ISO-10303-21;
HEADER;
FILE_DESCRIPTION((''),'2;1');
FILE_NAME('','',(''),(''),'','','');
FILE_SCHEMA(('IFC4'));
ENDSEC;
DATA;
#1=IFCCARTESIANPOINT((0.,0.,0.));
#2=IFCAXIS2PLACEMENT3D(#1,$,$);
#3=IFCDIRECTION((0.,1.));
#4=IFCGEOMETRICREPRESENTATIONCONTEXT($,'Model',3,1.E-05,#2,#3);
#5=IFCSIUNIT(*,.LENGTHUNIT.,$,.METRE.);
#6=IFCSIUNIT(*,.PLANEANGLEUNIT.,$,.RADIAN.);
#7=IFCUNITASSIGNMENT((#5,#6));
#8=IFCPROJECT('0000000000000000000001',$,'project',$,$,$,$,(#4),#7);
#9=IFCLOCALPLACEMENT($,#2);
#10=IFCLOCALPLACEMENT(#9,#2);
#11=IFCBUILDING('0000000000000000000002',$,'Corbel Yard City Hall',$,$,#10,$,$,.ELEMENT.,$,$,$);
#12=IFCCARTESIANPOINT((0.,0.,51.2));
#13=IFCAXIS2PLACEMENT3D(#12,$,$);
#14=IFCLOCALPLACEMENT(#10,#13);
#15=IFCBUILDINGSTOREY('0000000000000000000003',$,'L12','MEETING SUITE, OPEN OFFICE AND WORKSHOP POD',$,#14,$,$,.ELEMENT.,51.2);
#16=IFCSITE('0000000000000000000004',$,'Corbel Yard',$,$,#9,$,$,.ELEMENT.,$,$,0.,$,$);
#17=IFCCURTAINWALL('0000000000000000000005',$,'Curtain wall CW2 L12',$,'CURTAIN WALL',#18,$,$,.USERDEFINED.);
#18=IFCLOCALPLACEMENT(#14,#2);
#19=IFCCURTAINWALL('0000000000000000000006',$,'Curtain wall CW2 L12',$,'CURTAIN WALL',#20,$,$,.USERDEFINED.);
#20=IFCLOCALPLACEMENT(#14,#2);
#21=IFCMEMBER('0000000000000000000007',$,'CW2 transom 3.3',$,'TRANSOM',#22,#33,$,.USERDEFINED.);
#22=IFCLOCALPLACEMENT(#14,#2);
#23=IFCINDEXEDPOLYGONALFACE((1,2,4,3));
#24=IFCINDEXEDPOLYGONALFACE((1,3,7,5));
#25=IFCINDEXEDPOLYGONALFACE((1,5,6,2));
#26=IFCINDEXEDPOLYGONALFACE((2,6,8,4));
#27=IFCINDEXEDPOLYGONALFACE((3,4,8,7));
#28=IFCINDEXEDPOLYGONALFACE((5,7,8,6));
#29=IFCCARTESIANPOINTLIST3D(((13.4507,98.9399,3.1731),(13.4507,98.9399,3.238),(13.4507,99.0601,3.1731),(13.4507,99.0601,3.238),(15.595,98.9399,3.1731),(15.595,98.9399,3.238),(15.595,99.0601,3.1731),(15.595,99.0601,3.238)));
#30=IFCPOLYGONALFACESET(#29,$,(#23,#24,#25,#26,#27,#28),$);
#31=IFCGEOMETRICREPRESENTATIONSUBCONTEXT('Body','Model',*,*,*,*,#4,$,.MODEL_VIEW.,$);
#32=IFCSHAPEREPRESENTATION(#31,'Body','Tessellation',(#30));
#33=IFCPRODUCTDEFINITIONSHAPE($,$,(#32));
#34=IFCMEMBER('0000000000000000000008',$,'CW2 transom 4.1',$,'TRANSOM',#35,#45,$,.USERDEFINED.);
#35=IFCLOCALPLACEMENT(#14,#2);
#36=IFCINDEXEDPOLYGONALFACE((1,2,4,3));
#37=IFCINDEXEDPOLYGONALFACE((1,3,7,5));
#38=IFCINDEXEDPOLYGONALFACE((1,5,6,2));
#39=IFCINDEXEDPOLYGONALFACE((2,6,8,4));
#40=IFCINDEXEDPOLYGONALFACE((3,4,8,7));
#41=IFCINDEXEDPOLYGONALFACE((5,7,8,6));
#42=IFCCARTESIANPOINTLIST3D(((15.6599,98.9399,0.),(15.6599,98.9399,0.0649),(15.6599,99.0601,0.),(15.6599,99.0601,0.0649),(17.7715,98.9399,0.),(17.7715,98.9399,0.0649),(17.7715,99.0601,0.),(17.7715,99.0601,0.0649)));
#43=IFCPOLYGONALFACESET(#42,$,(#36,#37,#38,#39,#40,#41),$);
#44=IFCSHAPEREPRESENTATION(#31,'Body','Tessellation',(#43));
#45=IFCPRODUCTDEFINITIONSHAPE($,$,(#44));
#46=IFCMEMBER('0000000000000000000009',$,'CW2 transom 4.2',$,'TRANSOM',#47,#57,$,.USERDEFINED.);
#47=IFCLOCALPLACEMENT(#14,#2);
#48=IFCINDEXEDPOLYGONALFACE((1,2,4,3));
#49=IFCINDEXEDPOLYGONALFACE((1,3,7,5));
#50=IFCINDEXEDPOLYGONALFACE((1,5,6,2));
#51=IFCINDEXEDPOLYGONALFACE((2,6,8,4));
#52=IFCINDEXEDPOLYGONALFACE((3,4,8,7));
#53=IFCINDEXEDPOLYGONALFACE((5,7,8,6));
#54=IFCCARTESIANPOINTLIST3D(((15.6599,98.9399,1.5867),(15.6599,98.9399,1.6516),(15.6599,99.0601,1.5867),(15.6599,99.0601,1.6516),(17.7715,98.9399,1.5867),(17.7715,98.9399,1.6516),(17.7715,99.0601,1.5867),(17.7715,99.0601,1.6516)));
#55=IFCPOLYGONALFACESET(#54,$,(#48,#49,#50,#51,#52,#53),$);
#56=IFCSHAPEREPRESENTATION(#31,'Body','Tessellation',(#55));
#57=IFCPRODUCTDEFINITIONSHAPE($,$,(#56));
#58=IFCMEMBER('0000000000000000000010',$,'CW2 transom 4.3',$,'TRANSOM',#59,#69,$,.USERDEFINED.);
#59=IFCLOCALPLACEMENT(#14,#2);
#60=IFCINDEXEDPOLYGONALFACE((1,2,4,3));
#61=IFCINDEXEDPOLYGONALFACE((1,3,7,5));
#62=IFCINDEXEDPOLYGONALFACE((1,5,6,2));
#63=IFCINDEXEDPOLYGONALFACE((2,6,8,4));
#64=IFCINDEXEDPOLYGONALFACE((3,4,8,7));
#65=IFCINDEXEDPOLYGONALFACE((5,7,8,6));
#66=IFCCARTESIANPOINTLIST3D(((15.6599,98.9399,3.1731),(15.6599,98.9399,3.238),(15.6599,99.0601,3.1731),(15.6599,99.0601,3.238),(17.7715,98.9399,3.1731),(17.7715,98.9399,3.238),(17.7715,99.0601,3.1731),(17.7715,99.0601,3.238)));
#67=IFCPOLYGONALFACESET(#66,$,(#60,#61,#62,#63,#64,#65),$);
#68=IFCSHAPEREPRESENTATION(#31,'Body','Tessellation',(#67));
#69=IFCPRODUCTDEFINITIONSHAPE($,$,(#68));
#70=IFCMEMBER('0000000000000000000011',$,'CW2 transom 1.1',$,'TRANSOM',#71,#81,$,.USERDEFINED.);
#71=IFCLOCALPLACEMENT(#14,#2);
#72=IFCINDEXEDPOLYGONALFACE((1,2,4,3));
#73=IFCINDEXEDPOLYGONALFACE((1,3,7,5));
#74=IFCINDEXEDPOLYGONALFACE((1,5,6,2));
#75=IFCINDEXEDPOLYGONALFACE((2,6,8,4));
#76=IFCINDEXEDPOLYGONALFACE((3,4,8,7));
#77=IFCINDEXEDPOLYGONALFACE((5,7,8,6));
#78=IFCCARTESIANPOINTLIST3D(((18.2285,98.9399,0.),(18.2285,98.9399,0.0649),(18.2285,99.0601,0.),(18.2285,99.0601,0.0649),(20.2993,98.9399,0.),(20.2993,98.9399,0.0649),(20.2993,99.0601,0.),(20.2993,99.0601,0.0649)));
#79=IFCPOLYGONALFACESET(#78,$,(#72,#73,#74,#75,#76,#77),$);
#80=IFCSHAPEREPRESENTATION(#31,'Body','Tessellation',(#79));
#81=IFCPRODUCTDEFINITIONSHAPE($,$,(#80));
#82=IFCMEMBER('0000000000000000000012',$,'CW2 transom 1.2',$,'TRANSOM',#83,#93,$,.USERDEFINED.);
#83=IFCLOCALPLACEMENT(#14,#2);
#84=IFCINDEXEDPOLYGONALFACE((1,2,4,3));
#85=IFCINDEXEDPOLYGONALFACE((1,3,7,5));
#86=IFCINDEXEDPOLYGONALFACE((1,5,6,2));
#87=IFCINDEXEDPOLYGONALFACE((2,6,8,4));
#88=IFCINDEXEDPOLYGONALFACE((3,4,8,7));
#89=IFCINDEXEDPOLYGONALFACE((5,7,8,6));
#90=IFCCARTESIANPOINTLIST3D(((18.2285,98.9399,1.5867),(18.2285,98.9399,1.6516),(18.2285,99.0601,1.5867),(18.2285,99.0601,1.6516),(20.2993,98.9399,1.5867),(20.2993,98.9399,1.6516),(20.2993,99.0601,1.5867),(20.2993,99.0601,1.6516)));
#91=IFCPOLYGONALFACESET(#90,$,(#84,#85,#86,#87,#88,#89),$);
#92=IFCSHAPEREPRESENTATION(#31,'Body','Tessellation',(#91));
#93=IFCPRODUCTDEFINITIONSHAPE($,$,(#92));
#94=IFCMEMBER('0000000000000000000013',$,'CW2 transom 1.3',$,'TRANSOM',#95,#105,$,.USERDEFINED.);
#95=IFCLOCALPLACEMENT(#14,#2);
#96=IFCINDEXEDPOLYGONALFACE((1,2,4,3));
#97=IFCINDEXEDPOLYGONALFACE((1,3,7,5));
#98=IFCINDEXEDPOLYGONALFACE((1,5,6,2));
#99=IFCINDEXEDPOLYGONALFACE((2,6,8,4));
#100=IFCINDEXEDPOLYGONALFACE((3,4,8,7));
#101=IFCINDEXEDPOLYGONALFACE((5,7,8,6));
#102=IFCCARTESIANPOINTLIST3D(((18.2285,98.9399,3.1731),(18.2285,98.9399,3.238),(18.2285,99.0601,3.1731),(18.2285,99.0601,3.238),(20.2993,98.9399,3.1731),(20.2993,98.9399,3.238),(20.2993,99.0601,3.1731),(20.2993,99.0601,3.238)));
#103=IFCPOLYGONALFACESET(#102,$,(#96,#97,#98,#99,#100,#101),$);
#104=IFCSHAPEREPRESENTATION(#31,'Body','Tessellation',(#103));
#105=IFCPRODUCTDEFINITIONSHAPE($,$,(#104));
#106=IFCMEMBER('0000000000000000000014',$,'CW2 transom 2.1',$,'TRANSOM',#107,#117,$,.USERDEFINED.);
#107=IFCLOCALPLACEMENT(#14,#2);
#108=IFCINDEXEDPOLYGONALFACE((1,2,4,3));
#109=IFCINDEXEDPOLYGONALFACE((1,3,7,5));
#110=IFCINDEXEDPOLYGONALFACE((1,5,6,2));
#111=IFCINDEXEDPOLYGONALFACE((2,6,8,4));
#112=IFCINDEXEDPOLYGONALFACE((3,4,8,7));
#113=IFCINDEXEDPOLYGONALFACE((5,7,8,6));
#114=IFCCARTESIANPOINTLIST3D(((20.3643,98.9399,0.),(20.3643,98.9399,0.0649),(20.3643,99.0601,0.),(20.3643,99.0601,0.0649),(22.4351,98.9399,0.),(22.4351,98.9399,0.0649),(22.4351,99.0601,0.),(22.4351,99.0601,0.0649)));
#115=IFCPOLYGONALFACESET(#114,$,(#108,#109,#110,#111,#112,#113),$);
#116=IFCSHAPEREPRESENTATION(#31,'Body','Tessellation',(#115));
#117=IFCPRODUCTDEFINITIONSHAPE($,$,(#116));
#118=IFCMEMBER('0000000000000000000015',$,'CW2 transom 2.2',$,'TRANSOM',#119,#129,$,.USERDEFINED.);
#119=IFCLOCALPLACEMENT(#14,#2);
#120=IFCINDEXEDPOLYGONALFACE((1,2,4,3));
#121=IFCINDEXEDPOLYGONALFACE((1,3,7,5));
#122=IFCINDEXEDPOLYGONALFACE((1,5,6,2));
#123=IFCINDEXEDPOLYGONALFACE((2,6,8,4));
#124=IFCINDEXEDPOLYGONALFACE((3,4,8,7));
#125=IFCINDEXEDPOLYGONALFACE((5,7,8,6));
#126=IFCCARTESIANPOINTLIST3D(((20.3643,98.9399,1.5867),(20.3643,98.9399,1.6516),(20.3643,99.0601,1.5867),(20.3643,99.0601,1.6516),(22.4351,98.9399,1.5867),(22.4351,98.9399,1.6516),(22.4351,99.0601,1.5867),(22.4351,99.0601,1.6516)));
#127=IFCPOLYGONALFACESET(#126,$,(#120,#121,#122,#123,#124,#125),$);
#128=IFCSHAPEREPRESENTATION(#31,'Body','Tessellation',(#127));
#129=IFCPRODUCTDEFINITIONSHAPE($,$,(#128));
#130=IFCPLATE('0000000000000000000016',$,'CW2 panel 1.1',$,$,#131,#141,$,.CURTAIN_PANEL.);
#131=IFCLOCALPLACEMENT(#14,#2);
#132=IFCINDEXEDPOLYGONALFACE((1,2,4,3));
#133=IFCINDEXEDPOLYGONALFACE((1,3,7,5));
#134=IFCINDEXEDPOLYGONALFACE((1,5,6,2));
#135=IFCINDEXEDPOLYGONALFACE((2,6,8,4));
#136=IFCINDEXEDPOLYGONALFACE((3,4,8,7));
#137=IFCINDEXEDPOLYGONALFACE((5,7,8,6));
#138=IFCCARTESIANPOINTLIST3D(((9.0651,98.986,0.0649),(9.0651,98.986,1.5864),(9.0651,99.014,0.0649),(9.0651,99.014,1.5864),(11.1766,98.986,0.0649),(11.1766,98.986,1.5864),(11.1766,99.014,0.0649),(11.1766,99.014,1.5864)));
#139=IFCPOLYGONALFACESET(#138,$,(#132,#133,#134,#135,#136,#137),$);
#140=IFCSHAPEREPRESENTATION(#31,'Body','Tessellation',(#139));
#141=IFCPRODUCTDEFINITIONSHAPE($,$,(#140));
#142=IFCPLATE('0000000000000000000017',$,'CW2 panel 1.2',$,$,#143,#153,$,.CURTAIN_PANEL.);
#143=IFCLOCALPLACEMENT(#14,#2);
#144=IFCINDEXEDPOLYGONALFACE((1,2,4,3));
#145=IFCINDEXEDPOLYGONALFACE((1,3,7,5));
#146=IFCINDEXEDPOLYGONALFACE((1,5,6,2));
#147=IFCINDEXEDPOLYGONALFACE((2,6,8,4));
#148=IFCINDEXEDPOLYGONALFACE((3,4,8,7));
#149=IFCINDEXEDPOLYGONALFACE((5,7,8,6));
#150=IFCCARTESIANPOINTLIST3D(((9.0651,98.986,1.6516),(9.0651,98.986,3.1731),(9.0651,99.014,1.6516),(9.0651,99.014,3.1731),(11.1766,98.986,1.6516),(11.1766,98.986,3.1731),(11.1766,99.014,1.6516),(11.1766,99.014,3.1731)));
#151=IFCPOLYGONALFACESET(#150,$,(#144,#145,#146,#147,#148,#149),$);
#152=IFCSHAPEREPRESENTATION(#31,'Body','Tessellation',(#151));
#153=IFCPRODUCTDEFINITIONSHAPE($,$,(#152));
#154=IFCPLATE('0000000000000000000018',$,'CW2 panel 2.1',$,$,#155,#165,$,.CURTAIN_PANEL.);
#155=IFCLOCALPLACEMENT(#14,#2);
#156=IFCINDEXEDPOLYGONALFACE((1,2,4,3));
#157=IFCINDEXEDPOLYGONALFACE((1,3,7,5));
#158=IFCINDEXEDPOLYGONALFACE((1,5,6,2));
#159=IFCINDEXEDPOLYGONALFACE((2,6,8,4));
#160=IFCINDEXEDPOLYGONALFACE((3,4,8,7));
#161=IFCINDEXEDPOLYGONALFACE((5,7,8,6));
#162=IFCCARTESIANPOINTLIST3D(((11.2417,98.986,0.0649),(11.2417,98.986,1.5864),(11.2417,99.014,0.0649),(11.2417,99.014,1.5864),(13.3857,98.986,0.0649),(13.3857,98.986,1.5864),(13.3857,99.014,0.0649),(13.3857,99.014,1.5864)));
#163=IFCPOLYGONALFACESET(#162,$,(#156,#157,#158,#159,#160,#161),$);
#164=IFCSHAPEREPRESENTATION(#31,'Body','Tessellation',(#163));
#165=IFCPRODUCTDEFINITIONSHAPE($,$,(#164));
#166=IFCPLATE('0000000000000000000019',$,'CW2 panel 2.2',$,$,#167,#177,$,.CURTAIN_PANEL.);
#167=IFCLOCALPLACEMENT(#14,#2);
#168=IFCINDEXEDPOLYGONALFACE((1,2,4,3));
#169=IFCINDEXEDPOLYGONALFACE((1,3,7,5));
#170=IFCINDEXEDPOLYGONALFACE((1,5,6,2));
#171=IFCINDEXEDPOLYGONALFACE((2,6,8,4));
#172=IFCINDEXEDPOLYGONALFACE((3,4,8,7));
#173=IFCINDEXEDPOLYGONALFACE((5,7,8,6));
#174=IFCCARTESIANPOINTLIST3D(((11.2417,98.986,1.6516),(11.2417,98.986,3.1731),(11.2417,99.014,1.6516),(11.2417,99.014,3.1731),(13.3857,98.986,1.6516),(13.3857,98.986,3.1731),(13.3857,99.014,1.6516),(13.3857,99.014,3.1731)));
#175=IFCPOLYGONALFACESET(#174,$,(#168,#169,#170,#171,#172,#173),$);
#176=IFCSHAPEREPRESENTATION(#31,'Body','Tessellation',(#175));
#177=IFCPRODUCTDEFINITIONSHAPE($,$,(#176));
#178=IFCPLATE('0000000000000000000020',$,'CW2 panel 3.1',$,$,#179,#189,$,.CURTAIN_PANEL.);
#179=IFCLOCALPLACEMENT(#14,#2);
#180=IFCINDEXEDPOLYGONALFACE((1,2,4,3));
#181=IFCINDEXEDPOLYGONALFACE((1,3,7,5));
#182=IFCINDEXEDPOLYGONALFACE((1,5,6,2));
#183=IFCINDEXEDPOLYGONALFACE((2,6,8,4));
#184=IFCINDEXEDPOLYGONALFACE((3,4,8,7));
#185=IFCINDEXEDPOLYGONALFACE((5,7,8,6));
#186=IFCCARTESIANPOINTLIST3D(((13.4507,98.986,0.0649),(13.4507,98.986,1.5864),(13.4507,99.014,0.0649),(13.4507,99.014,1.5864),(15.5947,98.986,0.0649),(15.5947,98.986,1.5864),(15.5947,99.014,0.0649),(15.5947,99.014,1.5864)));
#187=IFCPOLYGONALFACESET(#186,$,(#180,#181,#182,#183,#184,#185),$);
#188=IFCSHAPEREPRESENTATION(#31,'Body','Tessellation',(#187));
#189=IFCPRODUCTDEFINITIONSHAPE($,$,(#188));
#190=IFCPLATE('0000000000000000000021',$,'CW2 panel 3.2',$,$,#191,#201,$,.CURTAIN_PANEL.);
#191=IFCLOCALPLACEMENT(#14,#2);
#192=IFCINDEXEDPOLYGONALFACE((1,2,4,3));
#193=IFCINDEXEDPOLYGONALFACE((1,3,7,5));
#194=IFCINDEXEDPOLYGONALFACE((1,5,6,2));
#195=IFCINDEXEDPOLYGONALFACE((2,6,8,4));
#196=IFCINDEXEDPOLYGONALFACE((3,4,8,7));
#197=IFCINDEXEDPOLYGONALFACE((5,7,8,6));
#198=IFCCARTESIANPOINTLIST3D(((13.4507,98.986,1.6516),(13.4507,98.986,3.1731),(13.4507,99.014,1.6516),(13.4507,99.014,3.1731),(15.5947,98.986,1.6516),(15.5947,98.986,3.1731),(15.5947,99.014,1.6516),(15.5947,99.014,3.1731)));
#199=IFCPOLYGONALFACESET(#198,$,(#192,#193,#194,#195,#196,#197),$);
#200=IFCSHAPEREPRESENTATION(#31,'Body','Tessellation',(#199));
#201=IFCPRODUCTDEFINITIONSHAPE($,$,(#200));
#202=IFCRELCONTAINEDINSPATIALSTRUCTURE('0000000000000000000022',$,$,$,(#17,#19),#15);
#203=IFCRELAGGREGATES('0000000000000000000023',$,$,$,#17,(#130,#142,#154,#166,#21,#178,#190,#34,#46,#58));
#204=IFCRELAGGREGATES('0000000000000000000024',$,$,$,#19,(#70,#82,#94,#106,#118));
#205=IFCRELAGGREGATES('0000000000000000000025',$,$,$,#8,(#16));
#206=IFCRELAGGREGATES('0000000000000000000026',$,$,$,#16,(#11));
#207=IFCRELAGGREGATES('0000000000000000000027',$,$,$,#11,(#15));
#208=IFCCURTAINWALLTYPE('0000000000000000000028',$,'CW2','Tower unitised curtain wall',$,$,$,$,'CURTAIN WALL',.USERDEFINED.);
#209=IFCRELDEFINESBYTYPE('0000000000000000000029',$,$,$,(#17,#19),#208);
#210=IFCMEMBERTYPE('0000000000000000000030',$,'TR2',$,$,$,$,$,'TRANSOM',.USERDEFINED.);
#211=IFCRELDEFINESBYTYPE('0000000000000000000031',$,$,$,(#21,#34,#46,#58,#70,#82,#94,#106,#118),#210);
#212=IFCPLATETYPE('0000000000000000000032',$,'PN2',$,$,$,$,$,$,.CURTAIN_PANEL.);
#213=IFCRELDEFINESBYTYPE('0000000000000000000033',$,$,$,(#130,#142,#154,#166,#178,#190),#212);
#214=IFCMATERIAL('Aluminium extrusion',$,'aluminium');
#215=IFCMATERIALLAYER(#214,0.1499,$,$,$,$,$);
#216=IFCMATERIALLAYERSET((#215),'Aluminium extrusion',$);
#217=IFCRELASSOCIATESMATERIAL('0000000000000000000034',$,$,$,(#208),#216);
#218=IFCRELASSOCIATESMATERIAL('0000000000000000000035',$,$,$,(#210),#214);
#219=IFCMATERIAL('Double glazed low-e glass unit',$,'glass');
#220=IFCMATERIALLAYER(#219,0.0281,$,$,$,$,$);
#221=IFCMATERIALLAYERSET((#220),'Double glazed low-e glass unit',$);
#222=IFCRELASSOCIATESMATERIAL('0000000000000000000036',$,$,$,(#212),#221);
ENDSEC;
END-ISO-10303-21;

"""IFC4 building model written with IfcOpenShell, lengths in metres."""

from ifc_helpers import new_model, si_unit, direction, frame, origin, origin_2d, place, context, subcontext, project, spatial, rectangle, extrude, material, layer, layer_set, material_profile, profile_set, type_object, element, aggregate, save


model = new_model("IFC4")

# Units and contexts
model_context = context("Model", 3, precision=1e-05, world=origin(), true_north=direction((0.0, 1.0)))
body_context = subcontext(model_context, "Body", "Model", "MODEL_VIEW")
ifc_project = project(units=[si_unit("LENGTHUNIT", "METRE"), si_unit("PLANEANGLEUNIT", "RADIAN")], contexts=[model_context])

# Site, building, storey
site_placement = place(None, origin())
site = spatial("IfcSite", under=ifc_project, at=site_placement, Name="Corbel Yard", CompositionType="ELEMENT", RefElevation=0.0)
building_placement = place(site_placement, origin())
building = spatial("IfcBuilding", under=site, at=building_placement, Name="Corbel Yard City Hall", CompositionType="ELEMENT")
storey_placement = place(building_placement, frame((0.0, 0.0, 51.2)))
storey = spatial("IfcBuildingStorey", under=building, at=storey_placement, Name="L12", Description="MEETING SUITE, OPEN OFFICE AND WORKSHOP POD", CompositionType="ELEMENT", Elevation=51.2)

# Curtain walls
ifc_material_1 = material(Name="Aluminium extrusion", Category="aluminium")
ifc_layer_1 = layer(ifc_material_1, 0.1499)
ifc_layer_set_1 = layer_set([ifc_layer_1], Name="Aluminium extrusion")
curtain_wall_type = type_object("IfcCurtainWallType", Name="CW2", Description="Tower unitised curtain wall", ElementType="CURTAIN WALL", PredefinedType="USERDEFINED", material=ifc_layer_set_1)
curtain_wall_1_placement = place(storey_placement, origin())
curtain_wall_1 = element("IfcCurtainWall", 1, at=curtain_wall_1_placement, inside=storey, type_object=curtain_wall_type, Name="Curtain wall CW2 L12", ObjectType="CURTAIN WALL", PredefinedType="USERDEFINED")
curtain_wall_2_placement = place(storey_placement, origin())
curtain_wall_2 = element("IfcCurtainWall", 2, at=curtain_wall_2_placement, inside=storey, type_object=curtain_wall_type, Name="Curtain wall CW2 L12", ObjectType="CURTAIN WALL", PredefinedType="USERDEFINED")

# Members
ifc_material_profile_1 = material_profile(ifc_material_1, rectangle(XDim=0.1201, YDim=0.0649, at=origin_2d()), Name="120x65")
ifc_profile_set_1 = profile_set([ifc_material_profile_1], Name="Aluminium extrusion")
member_type_1 = type_object("IfcMemberType", Name="TR2", ElementType="TRANSOM", PredefinedType="USERDEFINED", material=ifc_profile_set_1)
member_1_placement = place(storey_placement, frame((13.4507, 99.0, 3.2056), z_axis=(1.0, 0.0, 0.0), x_axis=(0.0, 1.0, 0.0)))
member_1 = element("IfcMember", 3, at=member_1_placement, type_object=member_type_1, Name="CW2 transom 3.3", ObjectType="TRANSOM", PredefinedType="USERDEFINED", context=body_context, shape_type="SweptSolid", body=[
    extrude(rectangle(XDim=0.1201, YDim=0.0649, at=origin_2d()), origin(), (0.0, 0.0, 1.0), 2.1443),
])
member_2_placement = place(storey_placement, frame((15.6599, 99.0, 0.0325), z_axis=(1.0, 0.0, 0.0), x_axis=(0.0, 1.0, 0.0)))
member_2 = element("IfcMember", 4, at=member_2_placement, type_object=member_type_1, Name="CW2 transom 4.1", ObjectType="TRANSOM", PredefinedType="USERDEFINED", context=body_context, shape_type="SweptSolid", body=[
    extrude(rectangle(XDim=0.1201, YDim=0.0649, at=origin_2d()), origin(), (0.0, 0.0, 1.0), 2.1116),
])
member_3_placement = place(storey_placement, frame((15.6599, 99.0, 1.6191), z_axis=(1.0, 0.0, 0.0), x_axis=(0.0, 1.0, 0.0)))
member_3 = element("IfcMember", 5, at=member_3_placement, type_object=member_type_1, Name="CW2 transom 4.2", ObjectType="TRANSOM", PredefinedType="USERDEFINED", context=body_context, shape_type="SweptSolid", body=[
    extrude(rectangle(XDim=0.1201, YDim=0.0649, at=origin_2d()), origin(), (0.0, 0.0, 1.0), 2.1116),
])
member_4_placement = place(storey_placement, frame((15.6599, 99.0, 3.2056), z_axis=(1.0, 0.0, 0.0), x_axis=(0.0, 1.0, 0.0)))
member_4 = element("IfcMember", 6, at=member_4_placement, type_object=member_type_1, Name="CW2 transom 4.3", ObjectType="TRANSOM", PredefinedType="USERDEFINED", context=body_context, shape_type="SweptSolid", body=[
    extrude(rectangle(XDim=0.1201, YDim=0.0649, at=origin_2d()), origin(), (0.0, 0.0, 1.0), 2.1116),
])
member_5_placement = place(storey_placement, frame((18.2285, 99.0, 0.0325), z_axis=(1.0, 0.0, 0.0), x_axis=(0.0, 1.0, 0.0)))
member_5 = element("IfcMember", 7, at=member_5_placement, type_object=member_type_1, Name="CW2 transom 1.1", ObjectType="TRANSOM", PredefinedType="USERDEFINED", context=body_context, shape_type="SweptSolid", body=[
    extrude(rectangle(XDim=0.1201, YDim=0.0649, at=origin_2d()), origin(), (0.0, 0.0, 1.0), 2.0708),
])
member_6_placement = place(storey_placement, frame((18.2285, 99.0, 1.6191), z_axis=(1.0, 0.0, 0.0), x_axis=(0.0, 1.0, 0.0)))
member_6 = element("IfcMember", 8, at=member_6_placement, type_object=member_type_1, Name="CW2 transom 1.2", ObjectType="TRANSOM", PredefinedType="USERDEFINED", context=body_context, shape_type="SweptSolid", body=[
    extrude(rectangle(XDim=0.1201, YDim=0.0649, at=origin_2d()), origin(), (0.0, 0.0, 1.0), 2.0708),
])
member_7_placement = place(storey_placement, frame((18.2285, 99.0, 3.2056), z_axis=(1.0, 0.0, 0.0), x_axis=(0.0, 1.0, 0.0)))
member_7 = element("IfcMember", 9, at=member_7_placement, type_object=member_type_1, Name="CW2 transom 1.3", ObjectType="TRANSOM", PredefinedType="USERDEFINED", context=body_context, shape_type="SweptSolid", body=[
    extrude(rectangle(XDim=0.1201, YDim=0.0649, at=origin_2d()), origin(), (0.0, 0.0, 1.0), 2.0708),
])
member_8_placement = place(storey_placement, frame((20.3643, 99.0, 0.0325), z_axis=(1.0, 0.0, 0.0), x_axis=(0.0, 1.0, 0.0)))
member_8 = element("IfcMember", 10, at=member_8_placement, type_object=member_type_1, Name="CW2 transom 2.1", ObjectType="TRANSOM", PredefinedType="USERDEFINED", context=body_context, shape_type="SweptSolid", body=[
    extrude(rectangle(XDim=0.1201, YDim=0.0649, at=origin_2d()), origin(), (0.0, 0.0, 1.0), 2.0708),
])
member_9_placement = place(storey_placement, frame((20.3643, 99.0, 1.6191), z_axis=(1.0, 0.0, 0.0), x_axis=(0.0, 1.0, 0.0)))
member_9 = element("IfcMember", 11, at=member_9_placement, type_object=member_type_1, Name="CW2 transom 2.2", ObjectType="TRANSOM", PredefinedType="USERDEFINED", context=body_context, shape_type="SweptSolid", body=[
    extrude(rectangle(XDim=0.1201, YDim=0.0649, at=origin_2d()), origin(), (0.0, 0.0, 1.0), 2.0708),
])

# Plates
ifc_material_2 = material(Name="Double glazed low-e glass unit", Category="glass")
ifc_layer_2 = layer(ifc_material_2, 0.0281)
ifc_layer_set_2 = layer_set([ifc_layer_2], Name="Double glazed low-e glass unit")
plate_type = type_object("IfcPlateType", Name="PN2", PredefinedType="CURTAIN_PANEL", material=ifc_layer_set_2)
plate_1_placement = place(storey_placement, frame((10.1208, 99.0, 0.0649), z_axis=(0.0, 0.0, 1.0), x_axis=(1.0, 0.0, 0.0)))
plate_1 = element("IfcPlate", 12, at=plate_1_placement, type_object=plate_type, Name="CW2 panel 1.1", PredefinedType="CURTAIN_PANEL", context=body_context, shape_type="SweptSolid", body=[
    extrude(rectangle(XDim=2.1116, YDim=0.0281, at=origin_2d()), origin(), (0.0, 0.0, 1.0), 1.5215),
])
plate_2_placement = place(storey_placement, frame((10.1208, 99.0, 1.6516), z_axis=(0.0, 0.0, 1.0), x_axis=(1.0, 0.0, 0.0)))
plate_2 = element("IfcPlate", 13, at=plate_2_placement, type_object=plate_type, Name="CW2 panel 1.2", PredefinedType="CURTAIN_PANEL", context=body_context, shape_type="SweptSolid", body=[
    extrude(rectangle(XDim=2.1116, YDim=0.0281, at=origin_2d()), origin(), (0.0, 0.0, 1.0), 1.5215),
])
plate_3_placement = place(storey_placement, frame((12.3137, 99.0, 0.0649), z_axis=(0.0, 0.0, 1.0), x_axis=(1.0, 0.0, 0.0)))
plate_3 = element("IfcPlate", 14, at=plate_3_placement, type_object=plate_type, Name="CW2 panel 2.1", PredefinedType="CURTAIN_PANEL", context=body_context, shape_type="SweptSolid", body=[
    extrude(rectangle(XDim=2.144, YDim=0.0281, at=origin_2d()), origin(), (0.0, 0.0, 1.0), 1.5215),
])
plate_4_placement = place(storey_placement, frame((12.3137, 99.0, 1.6516), z_axis=(0.0, 0.0, 1.0), x_axis=(1.0, 0.0, 0.0)))
plate_4 = element("IfcPlate", 15, at=plate_4_placement, type_object=plate_type, Name="CW2 panel 2.2", PredefinedType="CURTAIN_PANEL", context=body_context, shape_type="SweptSolid", body=[
    extrude(rectangle(XDim=2.144, YDim=0.0281, at=origin_2d()), origin(), (0.0, 0.0, 1.0), 1.5215),
])
plate_5_placement = place(storey_placement, frame((14.5227, 99.0, 0.0649), z_axis=(0.0, 0.0, 1.0), x_axis=(1.0, 0.0, 0.0)))
plate_5 = element("IfcPlate", 16, at=plate_5_placement, type_object=plate_type, Name="CW2 panel 3.1", PredefinedType="CURTAIN_PANEL", context=body_context, shape_type="SweptSolid", body=[
    extrude(rectangle(XDim=2.144, YDim=0.0281, at=origin_2d()), origin(), (0.0, 0.0, 1.0), 1.5215),
])
plate_6_placement = place(storey_placement, frame((14.5227, 99.0, 1.6516), z_axis=(0.0, 0.0, 1.0), x_axis=(1.0, 0.0, 0.0)))
plate_6 = element("IfcPlate", 17, at=plate_6_placement, type_object=plate_type, Name="CW2 panel 3.2", PredefinedType="CURTAIN_PANEL", context=body_context, shape_type="SweptSolid", body=[
    extrude(rectangle(XDim=2.144, YDim=0.0281, at=origin_2d()), origin(), (0.0, 0.0, 1.0), 1.5215),
])
aggregate(curtain_wall_1, [plate_1, plate_2, plate_3, plate_4, member_1, plate_5, plate_6, member_2, member_3, member_4])
aggregate(curtain_wall_2, [member_5, member_6, member_7, member_8, member_9])

save(model, "model.ifc")
